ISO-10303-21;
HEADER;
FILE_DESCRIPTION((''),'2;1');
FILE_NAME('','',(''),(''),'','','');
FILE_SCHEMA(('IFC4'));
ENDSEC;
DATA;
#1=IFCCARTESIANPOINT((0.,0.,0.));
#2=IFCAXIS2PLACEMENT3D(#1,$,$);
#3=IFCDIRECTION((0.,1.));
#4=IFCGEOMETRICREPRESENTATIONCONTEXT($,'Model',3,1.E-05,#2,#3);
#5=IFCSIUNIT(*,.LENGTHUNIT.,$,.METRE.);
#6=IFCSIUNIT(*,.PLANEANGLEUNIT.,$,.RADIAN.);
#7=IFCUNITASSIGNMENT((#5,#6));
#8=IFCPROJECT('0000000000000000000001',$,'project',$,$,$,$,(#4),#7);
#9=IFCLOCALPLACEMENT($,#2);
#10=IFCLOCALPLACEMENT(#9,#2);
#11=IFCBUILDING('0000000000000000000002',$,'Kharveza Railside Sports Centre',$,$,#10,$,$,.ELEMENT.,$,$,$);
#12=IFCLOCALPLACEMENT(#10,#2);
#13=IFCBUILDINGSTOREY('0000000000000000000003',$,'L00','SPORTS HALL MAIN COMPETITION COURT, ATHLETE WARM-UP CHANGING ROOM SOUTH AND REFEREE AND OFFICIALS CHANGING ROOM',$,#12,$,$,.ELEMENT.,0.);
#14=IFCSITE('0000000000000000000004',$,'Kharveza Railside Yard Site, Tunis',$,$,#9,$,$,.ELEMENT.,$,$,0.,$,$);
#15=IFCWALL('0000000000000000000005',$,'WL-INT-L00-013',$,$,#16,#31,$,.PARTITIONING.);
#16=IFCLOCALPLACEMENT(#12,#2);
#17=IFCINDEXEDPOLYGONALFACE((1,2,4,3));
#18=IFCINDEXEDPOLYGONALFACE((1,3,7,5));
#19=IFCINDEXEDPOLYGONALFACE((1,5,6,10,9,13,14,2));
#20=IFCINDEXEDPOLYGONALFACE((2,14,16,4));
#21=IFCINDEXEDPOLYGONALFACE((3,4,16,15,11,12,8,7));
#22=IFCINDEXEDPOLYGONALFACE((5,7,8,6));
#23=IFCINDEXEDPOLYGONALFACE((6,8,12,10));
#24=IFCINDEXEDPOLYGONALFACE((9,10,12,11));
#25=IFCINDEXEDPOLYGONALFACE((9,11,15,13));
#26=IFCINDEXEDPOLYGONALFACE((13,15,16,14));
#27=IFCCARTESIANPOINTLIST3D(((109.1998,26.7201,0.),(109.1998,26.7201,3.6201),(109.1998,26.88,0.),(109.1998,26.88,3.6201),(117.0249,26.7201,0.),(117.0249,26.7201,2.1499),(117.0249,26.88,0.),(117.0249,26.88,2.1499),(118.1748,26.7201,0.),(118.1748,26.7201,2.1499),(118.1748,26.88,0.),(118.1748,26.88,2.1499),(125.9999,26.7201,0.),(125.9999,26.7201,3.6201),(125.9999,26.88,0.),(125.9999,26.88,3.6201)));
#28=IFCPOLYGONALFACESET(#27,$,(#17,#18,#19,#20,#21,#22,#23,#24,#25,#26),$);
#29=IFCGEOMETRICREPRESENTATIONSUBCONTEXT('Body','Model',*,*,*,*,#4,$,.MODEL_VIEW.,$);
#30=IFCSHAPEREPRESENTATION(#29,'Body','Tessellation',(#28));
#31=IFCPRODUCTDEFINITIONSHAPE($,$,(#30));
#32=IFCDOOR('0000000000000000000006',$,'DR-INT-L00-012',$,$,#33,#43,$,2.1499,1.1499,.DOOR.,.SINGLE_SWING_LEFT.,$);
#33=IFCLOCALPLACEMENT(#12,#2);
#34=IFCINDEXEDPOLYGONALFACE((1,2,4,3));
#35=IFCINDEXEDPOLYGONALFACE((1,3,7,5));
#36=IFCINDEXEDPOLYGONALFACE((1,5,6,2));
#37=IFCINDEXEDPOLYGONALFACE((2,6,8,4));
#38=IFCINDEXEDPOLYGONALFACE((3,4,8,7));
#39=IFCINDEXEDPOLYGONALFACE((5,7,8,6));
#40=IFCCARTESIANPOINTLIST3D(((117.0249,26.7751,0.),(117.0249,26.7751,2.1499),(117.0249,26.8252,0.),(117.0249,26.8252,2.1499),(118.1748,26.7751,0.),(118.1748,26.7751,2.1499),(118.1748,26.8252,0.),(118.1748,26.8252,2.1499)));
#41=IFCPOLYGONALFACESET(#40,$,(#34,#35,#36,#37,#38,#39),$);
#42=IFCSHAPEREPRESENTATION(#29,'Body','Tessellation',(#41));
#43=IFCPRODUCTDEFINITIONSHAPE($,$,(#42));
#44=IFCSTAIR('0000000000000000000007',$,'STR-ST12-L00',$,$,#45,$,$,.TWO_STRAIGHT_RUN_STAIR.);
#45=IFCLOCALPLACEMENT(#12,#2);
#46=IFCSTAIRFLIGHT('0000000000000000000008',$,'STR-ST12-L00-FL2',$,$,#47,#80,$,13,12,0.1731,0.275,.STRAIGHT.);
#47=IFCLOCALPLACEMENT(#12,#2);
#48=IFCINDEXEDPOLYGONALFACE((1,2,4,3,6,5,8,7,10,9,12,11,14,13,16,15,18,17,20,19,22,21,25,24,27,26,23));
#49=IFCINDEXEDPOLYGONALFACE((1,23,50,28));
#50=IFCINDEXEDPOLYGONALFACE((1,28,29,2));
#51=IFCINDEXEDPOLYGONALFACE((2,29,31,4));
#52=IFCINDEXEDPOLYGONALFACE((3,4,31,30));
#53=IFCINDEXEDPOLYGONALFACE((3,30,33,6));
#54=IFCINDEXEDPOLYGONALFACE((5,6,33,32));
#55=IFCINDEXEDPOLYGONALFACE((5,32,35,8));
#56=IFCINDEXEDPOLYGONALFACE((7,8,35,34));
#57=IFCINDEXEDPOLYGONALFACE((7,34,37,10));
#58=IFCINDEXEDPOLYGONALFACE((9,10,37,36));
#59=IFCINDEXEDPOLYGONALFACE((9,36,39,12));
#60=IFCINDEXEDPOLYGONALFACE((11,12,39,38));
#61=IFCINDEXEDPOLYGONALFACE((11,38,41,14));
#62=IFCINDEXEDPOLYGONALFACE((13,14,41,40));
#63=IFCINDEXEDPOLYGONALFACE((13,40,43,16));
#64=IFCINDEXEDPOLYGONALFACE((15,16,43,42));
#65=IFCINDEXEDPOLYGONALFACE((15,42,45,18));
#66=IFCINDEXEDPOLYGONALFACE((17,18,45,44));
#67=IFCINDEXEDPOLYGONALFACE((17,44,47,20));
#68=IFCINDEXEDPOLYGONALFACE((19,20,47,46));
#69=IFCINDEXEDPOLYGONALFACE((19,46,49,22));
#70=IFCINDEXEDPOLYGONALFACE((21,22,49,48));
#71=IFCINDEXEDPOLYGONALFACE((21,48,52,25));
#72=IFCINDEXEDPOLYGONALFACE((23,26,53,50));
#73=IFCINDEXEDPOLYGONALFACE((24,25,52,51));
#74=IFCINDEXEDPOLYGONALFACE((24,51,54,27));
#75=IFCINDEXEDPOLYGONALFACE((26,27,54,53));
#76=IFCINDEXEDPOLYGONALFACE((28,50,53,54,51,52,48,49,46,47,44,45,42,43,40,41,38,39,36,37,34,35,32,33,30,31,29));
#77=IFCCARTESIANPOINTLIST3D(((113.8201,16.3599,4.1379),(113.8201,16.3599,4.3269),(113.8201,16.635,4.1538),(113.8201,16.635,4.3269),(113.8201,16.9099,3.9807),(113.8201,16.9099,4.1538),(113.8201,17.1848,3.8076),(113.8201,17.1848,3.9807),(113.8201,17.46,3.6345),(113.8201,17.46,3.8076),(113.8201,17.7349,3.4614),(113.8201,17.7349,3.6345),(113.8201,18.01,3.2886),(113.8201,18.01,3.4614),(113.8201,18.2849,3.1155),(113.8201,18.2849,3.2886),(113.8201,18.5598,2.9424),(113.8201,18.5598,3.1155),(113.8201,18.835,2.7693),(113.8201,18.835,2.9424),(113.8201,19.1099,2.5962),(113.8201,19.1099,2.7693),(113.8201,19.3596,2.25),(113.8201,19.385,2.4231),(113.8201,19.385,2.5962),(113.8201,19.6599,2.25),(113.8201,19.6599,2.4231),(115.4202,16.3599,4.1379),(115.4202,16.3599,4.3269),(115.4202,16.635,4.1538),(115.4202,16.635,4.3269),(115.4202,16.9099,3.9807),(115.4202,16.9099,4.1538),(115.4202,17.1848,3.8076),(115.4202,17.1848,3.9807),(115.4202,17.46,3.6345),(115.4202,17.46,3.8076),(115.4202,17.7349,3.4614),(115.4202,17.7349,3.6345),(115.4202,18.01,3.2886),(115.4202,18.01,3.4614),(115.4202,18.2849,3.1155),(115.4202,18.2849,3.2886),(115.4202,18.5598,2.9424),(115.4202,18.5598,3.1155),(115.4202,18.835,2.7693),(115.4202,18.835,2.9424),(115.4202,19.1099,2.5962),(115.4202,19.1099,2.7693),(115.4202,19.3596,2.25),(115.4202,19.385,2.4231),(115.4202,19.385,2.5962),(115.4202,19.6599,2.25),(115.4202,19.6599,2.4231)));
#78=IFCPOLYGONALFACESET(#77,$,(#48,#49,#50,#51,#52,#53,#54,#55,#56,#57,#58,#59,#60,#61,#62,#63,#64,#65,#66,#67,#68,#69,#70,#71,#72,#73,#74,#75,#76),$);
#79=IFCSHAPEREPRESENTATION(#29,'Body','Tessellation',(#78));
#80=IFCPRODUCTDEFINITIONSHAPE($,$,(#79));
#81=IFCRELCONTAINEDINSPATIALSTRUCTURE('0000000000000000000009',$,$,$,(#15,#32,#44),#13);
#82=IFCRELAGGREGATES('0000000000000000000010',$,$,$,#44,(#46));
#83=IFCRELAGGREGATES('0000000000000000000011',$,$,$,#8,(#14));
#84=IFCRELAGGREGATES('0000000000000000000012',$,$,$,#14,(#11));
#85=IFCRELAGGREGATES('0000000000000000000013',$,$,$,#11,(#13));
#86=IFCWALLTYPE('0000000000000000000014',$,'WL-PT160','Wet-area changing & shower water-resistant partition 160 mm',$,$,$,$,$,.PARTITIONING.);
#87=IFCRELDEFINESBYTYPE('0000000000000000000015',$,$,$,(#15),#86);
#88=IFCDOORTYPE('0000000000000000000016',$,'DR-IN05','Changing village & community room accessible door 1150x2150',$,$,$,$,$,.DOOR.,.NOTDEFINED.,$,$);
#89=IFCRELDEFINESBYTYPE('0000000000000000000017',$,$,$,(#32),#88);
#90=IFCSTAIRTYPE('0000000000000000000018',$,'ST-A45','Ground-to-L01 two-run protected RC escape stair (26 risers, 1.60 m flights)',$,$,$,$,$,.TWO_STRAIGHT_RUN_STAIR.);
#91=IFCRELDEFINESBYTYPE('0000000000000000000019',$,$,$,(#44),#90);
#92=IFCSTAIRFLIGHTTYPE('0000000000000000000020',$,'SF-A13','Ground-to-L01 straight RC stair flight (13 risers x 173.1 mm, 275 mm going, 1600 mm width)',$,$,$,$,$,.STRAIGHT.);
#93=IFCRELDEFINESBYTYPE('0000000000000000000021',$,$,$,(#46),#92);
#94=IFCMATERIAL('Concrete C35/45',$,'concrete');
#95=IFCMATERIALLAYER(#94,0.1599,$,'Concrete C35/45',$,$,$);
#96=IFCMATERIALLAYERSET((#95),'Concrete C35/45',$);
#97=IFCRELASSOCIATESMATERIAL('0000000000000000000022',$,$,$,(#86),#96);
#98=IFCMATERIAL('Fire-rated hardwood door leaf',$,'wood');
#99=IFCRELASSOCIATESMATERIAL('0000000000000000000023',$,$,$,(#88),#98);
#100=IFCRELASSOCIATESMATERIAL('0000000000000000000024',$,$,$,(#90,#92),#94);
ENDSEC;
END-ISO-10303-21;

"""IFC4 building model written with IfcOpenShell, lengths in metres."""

from ifc_helpers import new_model, si_unit, direction, frame, frame_2d, origin, place, context, subcontext, project, spatial, polyline, rectangle, outline, extrude, material, layer, layer_set, type_object, element, fill, aggregate, save


model = new_model("IFC4")

# Units and contexts
model_context = context("Model", 3, precision=1e-05, world=origin(), true_north=direction((0.0, 1.0)))
body_context = subcontext(model_context, "Body", "Model", "MODEL_VIEW")
ifc_project = project(units=[si_unit("LENGTHUNIT", "METRE"), si_unit("PLANEANGLEUNIT", "RADIAN")], contexts=[model_context])

# Site, building, storey
site_placement = place(None, origin())
site = spatial("IfcSite", under=ifc_project, at=site_placement, Name="Kharveza Railside Yard Site, Tunis", CompositionType="ELEMENT", RefElevation=0.0)
building_placement = place(site_placement, origin())
building = spatial("IfcBuilding", under=site, at=building_placement, Name="Kharveza Railside Sports Centre", CompositionType="ELEMENT")
storey_placement = place(building_placement, origin())
storey = spatial("IfcBuildingStorey", under=building, at=storey_placement, Name="L00", Description="SPORTS HALL MAIN COMPETITION COURT, ATHLETE WARM-UP CHANGING ROOM SOUTH AND REFEREE AND OFFICIALS CHANGING ROOM", CompositionType="ELEMENT", Elevation=0.0)

# Shared definitions
ifc_material_1 = material(Name="Concrete C35/45", Category="concrete")

# Wall, opening, door
ifc_layer_1 = layer(ifc_material_1, 0.1599, Name="Concrete C35/45")
ifc_layer_set_1 = layer_set([ifc_layer_1], Name="Concrete C35/45")
wall_type_1 = type_object("IfcWallType", Name="WL-PT160", Description="Wet-area changing & shower water-resistant partition 160 mm", PredefinedType="PARTITIONING", material=ifc_layer_set_1)
wall_1_placement = place(storey_placement, frame((109.2, 26.8, 0.0), z_axis=(0.0, 0.0, 1.0), x_axis=(1.0, 0.0, 0.0)))
wall_1 = element("IfcWall", 1, at=wall_1_placement, inside=storey, type_object=wall_type_1, Name="WL-INT-L00-013", PredefinedType="PARTITIONING", context=body_context, shape_type="SweptSolid", body=[
    extrude(rectangle(XDim=16.8, YDim=0.1599, at=frame_2d((8.3999, 0.0))), origin(), (0.0, 0.0, 1.0), 3.6201),
])
opening_1_placement = place(wall_1_placement, frame((7.825, 0.0, 0.0)))
opening_1 = element("IfcOpeningElement", 2, at=opening_1_placement, cuts=wall_1, PredefinedType="OPENING", context=body_context, shape_type="SweptSolid", body=[
    extrude(rectangle(XDim=1.1499, YDim=2.1499, at=frame_2d((0.575, 1.075))), frame((0.0, 0.105, 0.0), z_axis=(0.0, -1.0, 0.0), x_axis=(1.0, 0.0, 0.0)), (0.0, 0.0, 1.0), 0.2097),
])
ifc_material_2 = material(Name="Fire-rated hardwood door leaf", Category="wood")
door_type = type_object("IfcDoorType", Name="DR-IN05", Description="Changing village & community room accessible door 1150x2150", OperationType="NOTDEFINED", PredefinedType="DOOR", material=ifc_material_2)
door_placement = place(opening_1_placement, frame((1.1499, 0.0, 0.0), z_axis=(0.0, 0.0, 1.0), x_axis=(-1.0, 0.0, 0.0)))
door = element("IfcDoor", 3, at=door_placement, inside=storey, type_object=door_type, Name="DR-INT-L00-012", OperationType="SINGLE_SWING_LEFT", OverallHeight=2.1499, OverallWidth=1.1499, PredefinedType="DOOR", context=body_context, shape_type="SweptSolid", body=[
    extrude(rectangle(XDim=1.1499, YDim=2.1499, at=frame_2d((0.575, 1.075))), frame((0.0, 0.0249, 0.0), z_axis=(0.0, -1.0, 0.0), x_axis=(1.0, 0.0, 0.0)), (0.0, 0.0, 1.0), 0.05),
])
fill(opening_1, door)

# Stair, stair flight
stair_type = type_object("IfcStairType", Name="ST-A45", Description="Ground-to-L01 two-run protected RC escape stair (26 risers, 1.60 m flights)", PredefinedType="TWO_STRAIGHT_RUN_STAIR", material=ifc_material_1)
stair_placement = place(storey_placement, origin())
stair = element("IfcStair", 4, at=stair_placement, inside=storey, type_object=stair_type, Name="STR-ST12-L00", PredefinedType="TWO_STRAIGHT_RUN_STAIR")
stair_flight_type = type_object("IfcStairFlightType", Name="SF-A13", Description="Ground-to-L01 straight RC stair flight (13 risers x 173.1 mm, 275 mm going, 1600 mm width)", PredefinedType="STRAIGHT", material=ifc_material_1)
stair_flight_placement = place(storey_placement, frame((114.6201, 19.6599, 2.25), z_axis=(0.0, 0.0, 1.0), x_axis=(0.0, -1.0, 0.0)))
stair_flight = element("IfcStairFlight", 5, at=stair_flight_placement, type_object=stair_flight_type, Name="STR-ST12-L00-FL2", NumberOfRisers=13, NumberOfTreads=12, PredefinedType="STRAIGHT", RiserHeight=0.1731, TreadLength=0.275, context=body_context, shape_type="SweptSolid", body=[
    extrude(outline(polyline([(0.0, 0.0), (0.0, 0.1731), (0.2749, 0.1731), (0.2749, 0.3462), (0.55, 0.3462), (0.55, 0.5193), (0.825, 0.5193), (0.825, 0.6924), (1.1001, 0.6924), (1.1001, 0.8655), (1.375, 0.8655), (1.375, 1.0386), (1.6499, 1.0386), (1.6499, 1.2114), (1.925, 1.2114), (1.925, 1.3845), (2.2, 1.3845), (2.2, 1.5576), (2.4751, 1.5576), (2.4751, 1.7307), (2.75, 1.7307), (2.75, 1.9038), (3.0249, 1.9038), (3.0249, 2.0769), (3.3, 2.0769), (3.3, 2.25), (3.3, 1.8879), (0.3003, 0.0), (0.0, 0.0)])), frame((0.0, 0.8, 0.0), z_axis=(0.0, -1.0, 0.0), x_axis=(1.0, 0.0, 0.0)), (0.0, 0.0, 1.0), 1.6001),
])
aggregate(stair, [stair_flight])

save(model, "model.ifc")
